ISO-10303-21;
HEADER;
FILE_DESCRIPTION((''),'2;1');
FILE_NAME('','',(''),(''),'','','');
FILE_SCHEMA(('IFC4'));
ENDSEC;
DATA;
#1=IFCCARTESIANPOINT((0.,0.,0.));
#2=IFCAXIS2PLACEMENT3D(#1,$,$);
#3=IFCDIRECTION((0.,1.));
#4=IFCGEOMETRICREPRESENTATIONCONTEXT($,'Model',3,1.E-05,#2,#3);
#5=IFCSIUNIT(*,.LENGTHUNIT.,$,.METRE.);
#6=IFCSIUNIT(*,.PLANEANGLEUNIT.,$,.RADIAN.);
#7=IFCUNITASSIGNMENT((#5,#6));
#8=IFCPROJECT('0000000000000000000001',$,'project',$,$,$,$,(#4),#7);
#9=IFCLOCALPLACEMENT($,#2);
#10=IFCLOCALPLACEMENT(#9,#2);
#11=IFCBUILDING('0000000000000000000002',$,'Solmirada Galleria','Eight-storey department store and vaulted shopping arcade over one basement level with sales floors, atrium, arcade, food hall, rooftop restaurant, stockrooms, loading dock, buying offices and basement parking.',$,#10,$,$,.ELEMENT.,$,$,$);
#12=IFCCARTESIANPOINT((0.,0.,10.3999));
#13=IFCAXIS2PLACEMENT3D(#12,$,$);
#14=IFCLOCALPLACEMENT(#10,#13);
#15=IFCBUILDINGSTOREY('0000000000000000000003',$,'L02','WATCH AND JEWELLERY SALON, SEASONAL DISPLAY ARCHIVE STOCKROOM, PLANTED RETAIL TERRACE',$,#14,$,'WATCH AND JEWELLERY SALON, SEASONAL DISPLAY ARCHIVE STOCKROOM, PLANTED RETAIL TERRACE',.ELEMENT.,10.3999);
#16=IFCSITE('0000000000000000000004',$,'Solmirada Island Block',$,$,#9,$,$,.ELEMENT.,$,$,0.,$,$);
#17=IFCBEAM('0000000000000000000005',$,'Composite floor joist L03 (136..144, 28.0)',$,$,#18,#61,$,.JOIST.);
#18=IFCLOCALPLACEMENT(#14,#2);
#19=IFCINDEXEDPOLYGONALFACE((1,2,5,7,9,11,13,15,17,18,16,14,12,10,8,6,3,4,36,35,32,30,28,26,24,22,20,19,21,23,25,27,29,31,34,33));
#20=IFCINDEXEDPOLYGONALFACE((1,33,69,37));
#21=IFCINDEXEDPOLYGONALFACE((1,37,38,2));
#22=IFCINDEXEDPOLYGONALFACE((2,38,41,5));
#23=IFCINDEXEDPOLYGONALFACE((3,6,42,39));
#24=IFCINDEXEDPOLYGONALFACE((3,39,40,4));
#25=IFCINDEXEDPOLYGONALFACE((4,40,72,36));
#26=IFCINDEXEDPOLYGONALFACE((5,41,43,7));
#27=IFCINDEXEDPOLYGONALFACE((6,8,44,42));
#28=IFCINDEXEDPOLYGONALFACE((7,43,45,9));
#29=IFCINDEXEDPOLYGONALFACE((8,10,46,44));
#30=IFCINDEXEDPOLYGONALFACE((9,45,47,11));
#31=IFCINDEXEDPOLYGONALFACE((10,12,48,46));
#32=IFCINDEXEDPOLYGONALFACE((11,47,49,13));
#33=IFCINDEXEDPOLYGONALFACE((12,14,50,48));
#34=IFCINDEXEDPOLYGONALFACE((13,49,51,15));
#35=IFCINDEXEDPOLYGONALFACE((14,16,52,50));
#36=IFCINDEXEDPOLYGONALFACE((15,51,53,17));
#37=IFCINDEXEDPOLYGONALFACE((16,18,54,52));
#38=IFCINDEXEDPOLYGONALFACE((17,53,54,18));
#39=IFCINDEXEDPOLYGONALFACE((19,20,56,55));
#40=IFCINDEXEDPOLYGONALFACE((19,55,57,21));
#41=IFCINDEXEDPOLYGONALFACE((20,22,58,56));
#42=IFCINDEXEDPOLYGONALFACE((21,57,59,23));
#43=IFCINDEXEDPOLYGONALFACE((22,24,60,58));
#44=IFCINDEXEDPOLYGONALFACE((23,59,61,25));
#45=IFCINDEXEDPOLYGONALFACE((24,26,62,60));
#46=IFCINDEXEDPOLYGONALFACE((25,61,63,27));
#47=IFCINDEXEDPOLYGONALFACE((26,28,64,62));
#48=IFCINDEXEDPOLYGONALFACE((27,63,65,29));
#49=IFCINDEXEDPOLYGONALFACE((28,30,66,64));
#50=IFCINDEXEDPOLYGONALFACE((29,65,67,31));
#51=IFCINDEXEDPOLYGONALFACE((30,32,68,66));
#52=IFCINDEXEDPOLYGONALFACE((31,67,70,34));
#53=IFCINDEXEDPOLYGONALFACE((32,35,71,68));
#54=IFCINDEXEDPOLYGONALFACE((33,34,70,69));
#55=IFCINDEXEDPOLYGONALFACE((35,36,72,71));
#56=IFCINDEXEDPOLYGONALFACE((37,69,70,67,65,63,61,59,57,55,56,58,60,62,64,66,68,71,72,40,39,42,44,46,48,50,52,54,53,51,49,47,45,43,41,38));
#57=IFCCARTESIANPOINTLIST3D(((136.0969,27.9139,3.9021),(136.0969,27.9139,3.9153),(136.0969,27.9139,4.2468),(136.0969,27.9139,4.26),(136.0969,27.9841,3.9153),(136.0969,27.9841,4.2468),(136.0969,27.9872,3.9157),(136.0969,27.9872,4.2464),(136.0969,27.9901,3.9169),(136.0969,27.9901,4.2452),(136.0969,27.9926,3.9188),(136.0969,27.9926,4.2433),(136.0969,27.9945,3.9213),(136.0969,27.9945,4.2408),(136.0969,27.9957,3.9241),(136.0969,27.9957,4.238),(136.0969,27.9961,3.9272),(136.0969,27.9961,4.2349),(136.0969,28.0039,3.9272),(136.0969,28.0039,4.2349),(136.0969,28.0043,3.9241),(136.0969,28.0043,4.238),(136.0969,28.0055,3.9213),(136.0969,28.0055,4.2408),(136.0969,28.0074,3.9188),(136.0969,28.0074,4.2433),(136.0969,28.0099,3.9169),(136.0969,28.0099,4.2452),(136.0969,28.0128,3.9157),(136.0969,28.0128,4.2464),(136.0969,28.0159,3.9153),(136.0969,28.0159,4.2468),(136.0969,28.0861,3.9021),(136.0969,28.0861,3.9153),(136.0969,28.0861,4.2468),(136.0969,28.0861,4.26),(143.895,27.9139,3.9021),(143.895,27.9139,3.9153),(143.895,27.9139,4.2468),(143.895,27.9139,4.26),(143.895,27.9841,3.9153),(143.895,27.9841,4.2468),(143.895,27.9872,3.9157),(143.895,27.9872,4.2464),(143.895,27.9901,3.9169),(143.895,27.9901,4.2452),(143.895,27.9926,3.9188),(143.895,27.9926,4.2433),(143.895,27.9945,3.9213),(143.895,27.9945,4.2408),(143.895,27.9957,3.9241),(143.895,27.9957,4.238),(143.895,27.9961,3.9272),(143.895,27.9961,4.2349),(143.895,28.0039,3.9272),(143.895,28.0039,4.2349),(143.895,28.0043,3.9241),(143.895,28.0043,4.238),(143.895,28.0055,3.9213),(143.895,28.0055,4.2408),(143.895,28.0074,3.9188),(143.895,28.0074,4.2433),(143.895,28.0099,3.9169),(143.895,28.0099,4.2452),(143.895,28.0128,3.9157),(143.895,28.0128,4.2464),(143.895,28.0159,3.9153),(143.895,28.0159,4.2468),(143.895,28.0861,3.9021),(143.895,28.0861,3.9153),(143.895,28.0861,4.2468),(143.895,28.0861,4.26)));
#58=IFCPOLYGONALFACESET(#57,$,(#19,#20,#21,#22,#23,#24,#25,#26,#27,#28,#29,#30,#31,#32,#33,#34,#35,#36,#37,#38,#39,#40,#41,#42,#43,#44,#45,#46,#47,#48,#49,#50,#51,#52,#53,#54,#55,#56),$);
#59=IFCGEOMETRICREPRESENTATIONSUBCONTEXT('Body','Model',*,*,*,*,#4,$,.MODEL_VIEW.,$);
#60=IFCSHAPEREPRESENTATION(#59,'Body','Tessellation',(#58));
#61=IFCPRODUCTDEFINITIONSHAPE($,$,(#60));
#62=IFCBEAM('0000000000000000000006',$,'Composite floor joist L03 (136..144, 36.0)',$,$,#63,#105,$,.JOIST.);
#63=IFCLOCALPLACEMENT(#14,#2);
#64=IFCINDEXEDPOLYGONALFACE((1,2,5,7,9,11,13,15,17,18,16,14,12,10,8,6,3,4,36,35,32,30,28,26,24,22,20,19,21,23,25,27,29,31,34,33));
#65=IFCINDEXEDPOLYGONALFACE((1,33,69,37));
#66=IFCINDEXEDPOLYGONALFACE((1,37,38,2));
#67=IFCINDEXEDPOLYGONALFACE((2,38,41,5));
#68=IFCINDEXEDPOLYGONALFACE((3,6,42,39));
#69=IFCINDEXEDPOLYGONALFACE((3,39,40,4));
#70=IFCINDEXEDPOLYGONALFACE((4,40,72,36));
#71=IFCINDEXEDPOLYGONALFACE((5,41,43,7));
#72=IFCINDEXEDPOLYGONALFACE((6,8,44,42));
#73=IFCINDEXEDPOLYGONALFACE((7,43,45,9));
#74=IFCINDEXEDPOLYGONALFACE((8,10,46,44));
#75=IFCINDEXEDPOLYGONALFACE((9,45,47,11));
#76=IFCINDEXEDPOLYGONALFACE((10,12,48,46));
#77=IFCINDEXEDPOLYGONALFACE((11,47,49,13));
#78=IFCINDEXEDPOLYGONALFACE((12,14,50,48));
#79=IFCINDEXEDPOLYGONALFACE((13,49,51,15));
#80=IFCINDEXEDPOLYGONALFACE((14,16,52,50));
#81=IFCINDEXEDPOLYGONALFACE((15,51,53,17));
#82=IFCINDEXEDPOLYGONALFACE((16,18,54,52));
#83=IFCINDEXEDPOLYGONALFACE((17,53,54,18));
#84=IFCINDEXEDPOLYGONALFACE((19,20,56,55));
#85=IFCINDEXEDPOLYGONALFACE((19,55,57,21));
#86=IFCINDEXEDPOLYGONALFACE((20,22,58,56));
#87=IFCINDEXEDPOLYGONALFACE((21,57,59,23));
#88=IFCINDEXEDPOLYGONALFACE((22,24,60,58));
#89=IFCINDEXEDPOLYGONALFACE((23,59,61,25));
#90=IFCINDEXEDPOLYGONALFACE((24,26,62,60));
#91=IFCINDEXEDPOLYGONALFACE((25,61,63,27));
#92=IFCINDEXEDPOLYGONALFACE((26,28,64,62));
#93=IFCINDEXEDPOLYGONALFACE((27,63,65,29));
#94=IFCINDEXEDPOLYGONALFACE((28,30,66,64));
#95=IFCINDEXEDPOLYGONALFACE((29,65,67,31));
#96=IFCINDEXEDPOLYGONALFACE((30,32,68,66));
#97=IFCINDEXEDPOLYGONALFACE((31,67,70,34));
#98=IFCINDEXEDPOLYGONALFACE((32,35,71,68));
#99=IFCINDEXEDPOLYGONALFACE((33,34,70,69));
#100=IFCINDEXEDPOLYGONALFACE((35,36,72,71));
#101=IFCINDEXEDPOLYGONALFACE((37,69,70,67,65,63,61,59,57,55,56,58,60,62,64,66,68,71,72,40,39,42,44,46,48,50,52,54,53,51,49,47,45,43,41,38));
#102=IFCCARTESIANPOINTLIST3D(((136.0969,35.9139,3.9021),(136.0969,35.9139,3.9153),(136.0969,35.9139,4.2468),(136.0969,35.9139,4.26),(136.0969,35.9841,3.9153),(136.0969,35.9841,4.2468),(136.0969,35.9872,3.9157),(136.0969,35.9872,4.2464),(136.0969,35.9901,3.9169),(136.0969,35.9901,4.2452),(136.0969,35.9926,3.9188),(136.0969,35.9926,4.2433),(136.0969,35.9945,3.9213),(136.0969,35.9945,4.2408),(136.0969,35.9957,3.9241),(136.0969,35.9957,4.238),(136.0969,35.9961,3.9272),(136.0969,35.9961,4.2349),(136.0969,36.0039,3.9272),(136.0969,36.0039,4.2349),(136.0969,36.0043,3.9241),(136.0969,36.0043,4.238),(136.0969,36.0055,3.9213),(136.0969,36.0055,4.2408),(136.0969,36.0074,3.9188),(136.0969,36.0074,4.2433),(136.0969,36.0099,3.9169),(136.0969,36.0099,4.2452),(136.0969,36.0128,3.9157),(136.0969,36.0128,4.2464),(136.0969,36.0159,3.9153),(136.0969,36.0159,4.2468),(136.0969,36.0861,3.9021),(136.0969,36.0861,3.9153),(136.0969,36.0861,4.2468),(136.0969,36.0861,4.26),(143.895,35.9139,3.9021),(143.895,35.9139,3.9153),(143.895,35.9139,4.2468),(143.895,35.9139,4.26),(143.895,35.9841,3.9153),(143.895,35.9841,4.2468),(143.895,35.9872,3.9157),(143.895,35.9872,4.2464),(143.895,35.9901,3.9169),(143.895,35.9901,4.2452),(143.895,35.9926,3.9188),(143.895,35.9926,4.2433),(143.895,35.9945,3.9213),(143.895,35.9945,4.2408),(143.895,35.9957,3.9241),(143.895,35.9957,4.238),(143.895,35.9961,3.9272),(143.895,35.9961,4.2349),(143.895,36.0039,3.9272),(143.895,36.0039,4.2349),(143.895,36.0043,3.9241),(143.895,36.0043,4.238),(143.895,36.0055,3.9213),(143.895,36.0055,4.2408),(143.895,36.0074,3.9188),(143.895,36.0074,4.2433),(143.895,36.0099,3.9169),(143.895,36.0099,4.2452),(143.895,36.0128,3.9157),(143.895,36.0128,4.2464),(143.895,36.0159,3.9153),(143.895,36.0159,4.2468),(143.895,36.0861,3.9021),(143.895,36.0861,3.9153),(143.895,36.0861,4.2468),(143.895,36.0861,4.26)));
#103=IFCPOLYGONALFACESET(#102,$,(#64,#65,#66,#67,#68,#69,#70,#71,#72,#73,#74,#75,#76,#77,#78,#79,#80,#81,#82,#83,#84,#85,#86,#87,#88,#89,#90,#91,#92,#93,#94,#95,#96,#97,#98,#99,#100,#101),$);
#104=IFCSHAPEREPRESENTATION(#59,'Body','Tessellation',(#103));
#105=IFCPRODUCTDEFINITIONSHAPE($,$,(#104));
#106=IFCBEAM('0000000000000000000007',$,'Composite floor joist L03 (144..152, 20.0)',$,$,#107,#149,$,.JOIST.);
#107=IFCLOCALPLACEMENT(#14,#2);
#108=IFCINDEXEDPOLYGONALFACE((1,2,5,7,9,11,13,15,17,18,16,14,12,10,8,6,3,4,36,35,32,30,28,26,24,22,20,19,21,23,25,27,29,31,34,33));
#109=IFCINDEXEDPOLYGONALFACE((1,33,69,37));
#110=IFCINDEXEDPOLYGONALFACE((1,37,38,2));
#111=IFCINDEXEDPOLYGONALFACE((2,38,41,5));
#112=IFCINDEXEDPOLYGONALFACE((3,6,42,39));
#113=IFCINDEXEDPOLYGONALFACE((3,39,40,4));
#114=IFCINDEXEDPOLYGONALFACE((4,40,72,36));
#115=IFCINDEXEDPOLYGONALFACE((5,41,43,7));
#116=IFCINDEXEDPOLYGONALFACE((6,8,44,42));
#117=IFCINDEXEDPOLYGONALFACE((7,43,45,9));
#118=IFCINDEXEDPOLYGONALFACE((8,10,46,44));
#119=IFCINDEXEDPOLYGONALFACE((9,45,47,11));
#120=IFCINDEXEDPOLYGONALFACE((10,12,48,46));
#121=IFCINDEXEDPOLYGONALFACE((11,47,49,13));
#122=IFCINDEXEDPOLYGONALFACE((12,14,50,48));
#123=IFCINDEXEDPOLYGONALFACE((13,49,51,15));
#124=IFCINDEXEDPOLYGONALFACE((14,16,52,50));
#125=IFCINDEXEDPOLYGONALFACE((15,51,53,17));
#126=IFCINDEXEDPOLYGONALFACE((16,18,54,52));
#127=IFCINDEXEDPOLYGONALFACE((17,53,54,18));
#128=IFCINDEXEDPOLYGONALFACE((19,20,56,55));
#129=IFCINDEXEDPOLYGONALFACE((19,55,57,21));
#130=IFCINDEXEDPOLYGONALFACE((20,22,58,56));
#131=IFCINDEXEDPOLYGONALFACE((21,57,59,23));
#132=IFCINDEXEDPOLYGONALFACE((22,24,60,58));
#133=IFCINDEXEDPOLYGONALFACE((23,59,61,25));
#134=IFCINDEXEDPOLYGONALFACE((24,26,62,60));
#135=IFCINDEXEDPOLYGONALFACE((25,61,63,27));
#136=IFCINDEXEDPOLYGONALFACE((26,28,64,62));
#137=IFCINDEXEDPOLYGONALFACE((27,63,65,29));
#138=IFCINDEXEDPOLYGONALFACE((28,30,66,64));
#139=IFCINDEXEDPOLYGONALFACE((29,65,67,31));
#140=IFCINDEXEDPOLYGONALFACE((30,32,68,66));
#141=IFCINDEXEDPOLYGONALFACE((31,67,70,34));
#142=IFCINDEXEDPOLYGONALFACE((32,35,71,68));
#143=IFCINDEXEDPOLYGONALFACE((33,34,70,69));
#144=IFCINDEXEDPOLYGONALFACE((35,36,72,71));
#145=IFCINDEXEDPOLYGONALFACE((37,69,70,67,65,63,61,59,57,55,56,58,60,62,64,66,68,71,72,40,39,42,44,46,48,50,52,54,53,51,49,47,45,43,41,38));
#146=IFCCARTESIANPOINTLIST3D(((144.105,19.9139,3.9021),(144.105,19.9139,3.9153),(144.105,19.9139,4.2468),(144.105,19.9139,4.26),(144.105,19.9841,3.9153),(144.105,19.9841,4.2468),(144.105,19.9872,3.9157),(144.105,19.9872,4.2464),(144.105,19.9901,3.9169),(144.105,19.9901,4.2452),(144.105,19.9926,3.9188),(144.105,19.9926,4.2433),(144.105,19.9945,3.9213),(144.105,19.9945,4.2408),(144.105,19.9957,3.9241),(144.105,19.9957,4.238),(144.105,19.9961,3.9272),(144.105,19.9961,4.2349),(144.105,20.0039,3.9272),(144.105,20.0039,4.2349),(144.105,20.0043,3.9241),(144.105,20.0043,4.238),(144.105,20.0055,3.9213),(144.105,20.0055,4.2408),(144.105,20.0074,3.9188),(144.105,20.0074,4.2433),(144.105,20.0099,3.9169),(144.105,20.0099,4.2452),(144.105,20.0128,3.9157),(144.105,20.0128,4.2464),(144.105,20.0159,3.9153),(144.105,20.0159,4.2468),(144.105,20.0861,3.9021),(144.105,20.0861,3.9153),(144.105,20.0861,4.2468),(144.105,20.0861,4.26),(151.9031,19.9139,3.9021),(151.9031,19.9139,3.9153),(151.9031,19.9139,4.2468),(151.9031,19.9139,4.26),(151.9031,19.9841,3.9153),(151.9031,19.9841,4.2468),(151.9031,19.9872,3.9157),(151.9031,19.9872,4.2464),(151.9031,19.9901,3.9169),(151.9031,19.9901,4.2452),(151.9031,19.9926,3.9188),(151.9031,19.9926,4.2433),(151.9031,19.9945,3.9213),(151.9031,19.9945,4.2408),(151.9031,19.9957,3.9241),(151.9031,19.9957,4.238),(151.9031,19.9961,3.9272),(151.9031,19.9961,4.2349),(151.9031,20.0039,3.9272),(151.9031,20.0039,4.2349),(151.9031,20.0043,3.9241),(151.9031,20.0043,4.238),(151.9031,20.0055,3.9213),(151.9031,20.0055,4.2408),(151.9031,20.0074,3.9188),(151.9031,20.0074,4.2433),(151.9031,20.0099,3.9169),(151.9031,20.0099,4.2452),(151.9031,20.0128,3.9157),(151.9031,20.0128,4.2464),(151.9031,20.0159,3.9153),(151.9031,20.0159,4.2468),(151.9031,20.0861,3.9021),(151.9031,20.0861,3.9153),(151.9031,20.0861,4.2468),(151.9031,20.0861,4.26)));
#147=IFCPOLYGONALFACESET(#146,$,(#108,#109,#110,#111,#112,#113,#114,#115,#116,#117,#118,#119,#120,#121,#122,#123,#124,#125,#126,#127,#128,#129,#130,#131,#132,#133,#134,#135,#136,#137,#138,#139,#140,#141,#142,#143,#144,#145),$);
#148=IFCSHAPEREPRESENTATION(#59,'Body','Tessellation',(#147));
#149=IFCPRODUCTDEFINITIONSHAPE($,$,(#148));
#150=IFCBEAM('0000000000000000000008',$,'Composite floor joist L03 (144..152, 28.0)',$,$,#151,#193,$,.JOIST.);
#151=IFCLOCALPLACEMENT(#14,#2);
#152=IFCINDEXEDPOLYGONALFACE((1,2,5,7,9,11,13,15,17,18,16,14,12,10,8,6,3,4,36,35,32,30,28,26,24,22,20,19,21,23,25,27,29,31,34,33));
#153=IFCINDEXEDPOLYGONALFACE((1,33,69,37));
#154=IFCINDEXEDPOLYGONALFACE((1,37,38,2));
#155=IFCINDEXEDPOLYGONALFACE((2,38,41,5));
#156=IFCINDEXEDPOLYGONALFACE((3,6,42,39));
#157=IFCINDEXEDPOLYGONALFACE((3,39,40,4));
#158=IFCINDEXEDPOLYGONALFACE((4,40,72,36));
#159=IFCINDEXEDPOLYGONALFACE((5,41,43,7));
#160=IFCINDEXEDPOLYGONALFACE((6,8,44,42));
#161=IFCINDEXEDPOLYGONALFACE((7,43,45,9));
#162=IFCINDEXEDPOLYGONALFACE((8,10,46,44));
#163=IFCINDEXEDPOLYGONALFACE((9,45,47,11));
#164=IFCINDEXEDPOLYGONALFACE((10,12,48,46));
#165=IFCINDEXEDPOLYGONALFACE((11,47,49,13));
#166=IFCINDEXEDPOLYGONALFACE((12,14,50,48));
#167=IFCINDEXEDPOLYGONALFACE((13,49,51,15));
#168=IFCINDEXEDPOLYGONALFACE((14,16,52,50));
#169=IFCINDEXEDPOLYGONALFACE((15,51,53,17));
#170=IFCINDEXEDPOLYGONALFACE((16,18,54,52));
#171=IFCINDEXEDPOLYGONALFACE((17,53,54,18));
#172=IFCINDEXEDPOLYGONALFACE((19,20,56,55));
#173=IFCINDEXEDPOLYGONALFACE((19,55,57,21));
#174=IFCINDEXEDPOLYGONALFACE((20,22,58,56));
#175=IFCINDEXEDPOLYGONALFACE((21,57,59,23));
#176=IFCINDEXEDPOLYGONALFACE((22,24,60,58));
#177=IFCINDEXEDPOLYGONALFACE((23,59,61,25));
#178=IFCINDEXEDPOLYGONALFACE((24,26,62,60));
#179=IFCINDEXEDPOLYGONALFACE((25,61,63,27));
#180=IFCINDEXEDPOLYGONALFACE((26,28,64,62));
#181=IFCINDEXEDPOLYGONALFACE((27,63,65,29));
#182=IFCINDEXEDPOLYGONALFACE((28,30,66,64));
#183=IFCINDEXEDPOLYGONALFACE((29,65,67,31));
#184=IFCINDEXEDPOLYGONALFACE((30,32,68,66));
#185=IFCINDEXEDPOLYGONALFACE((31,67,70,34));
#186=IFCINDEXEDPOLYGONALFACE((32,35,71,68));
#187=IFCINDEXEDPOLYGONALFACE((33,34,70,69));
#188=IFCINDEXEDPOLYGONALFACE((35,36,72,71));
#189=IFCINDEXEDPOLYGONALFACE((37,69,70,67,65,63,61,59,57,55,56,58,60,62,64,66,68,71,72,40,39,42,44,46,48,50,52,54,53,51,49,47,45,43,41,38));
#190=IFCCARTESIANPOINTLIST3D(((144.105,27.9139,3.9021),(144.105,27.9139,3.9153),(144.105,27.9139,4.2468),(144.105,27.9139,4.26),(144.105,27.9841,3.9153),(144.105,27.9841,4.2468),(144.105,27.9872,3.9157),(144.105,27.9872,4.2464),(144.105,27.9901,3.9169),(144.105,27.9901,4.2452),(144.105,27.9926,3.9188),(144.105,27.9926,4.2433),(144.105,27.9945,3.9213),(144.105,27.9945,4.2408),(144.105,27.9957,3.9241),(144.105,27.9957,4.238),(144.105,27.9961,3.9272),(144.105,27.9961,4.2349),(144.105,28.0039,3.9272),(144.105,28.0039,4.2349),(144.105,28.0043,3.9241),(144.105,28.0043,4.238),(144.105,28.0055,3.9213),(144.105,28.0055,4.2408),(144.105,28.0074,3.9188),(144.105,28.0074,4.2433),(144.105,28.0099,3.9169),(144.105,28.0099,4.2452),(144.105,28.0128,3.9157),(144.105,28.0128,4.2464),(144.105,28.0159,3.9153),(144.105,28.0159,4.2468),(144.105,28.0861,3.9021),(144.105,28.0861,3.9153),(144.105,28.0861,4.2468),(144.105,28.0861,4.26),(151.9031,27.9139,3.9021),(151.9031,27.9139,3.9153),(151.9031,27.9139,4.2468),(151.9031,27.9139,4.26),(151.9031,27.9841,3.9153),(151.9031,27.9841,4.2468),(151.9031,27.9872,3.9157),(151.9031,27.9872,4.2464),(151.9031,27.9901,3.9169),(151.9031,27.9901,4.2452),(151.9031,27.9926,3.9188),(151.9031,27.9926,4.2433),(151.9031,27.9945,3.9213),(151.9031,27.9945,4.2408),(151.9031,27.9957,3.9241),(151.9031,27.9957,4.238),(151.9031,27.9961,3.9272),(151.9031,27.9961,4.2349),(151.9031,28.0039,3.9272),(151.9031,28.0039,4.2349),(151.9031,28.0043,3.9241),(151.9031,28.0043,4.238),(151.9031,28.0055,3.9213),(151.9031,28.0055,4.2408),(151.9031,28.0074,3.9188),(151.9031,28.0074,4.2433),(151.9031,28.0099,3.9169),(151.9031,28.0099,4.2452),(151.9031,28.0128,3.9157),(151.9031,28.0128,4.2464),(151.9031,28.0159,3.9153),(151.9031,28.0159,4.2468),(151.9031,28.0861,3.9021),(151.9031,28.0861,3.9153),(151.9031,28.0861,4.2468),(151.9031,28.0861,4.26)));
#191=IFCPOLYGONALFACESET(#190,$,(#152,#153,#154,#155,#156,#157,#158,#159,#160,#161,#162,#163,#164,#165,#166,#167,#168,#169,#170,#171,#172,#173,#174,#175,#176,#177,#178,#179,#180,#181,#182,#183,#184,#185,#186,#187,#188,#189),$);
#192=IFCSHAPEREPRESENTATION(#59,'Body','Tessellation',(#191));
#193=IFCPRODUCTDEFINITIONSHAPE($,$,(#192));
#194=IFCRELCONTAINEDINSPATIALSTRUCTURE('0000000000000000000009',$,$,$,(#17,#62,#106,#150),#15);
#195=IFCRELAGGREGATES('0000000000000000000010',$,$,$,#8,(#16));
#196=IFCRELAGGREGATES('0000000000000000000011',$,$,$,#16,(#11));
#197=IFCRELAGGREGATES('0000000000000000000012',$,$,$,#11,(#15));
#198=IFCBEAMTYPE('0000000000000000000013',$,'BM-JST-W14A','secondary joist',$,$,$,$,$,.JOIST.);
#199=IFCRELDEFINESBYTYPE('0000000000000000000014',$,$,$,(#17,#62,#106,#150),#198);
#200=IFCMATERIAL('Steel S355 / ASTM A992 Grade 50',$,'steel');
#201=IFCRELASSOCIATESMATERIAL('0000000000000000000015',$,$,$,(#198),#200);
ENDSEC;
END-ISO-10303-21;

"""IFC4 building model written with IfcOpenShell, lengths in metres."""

from ifc_helpers import new_model, si_unit, direction, frame, origin, origin_2d, place, context, subcontext, project, spatial, i_section, extrude, material, material_profile, profile_set, type_object, element, save


model = new_model("IFC4")

# Units and contexts
model_context = context("Model", 3, precision=1e-05, world=origin(), true_north=direction((0.0, 1.0)))
body_context = subcontext(model_context, "Body", "Model", "MODEL_VIEW")
ifc_project = project(units=[si_unit("LENGTHUNIT", "METRE"), si_unit("PLANEANGLEUNIT", "RADIAN")], contexts=[model_context])

# Site, building, storey
site_placement = place(None, origin())
site = spatial("IfcSite", under=ifc_project, at=site_placement, Name="Solmirada Island Block", CompositionType="ELEMENT", RefElevation=0.0)
building_placement = place(site_placement, origin())
building = spatial("IfcBuilding", under=site, at=building_placement, Name="Solmirada Galleria", Description="Eight-storey department store and vaulted shopping arcade over one basement level with sales floors, atrium, arcade, food hall, rooftop restaurant, stockrooms, loading dock, buying offices and basement parking.", CompositionType="ELEMENT")
storey_placement = place(building_placement, frame((0.0, 0.0, 10.3999)))
storey = spatial("IfcBuildingStorey", under=building, at=storey_placement, Name="L02", Description="WATCH AND JEWELLERY SALON, SEASONAL DISPLAY ARCHIVE STOCKROOM, PLANTED RETAIL TERRACE", LongName="WATCH AND JEWELLERY SALON, SEASONAL DISPLAY ARCHIVE STOCKROOM, PLANTED RETAIL TERRACE", CompositionType="ELEMENT", Elevation=10.3999)

# Beams
ifc_material_1 = material(Name="Steel S355 / ASTM A992 Grade 50", Category="steel")
ifc_material_profile_1 = material_profile(ifc_material_1, i_section(OverallWidth=0.1721, OverallDepth=0.3579, WebThickness=0.0078, FlangeThickness=0.0132, FilletRadius=0.012, at=origin_2d()), Name="W14X38")
ifc_profile_set_1 = profile_set([ifc_material_profile_1], Name="Steel S355 / ASTM A992 Grade 50")
beam_type_1 = type_object("IfcBeamType", Name="BM-JST-W14A", Description="secondary joist", PredefinedType="JOIST", material=ifc_profile_set_1)
for number, where, z_axis, x_axis, name in (
    (1, (136.0969, 28.0, 4.0811), (1.0, 0.0, 0.0), (0.0, 1.0, 0.0), "Composite floor joist L03 (136..144, 28.0)"),
    (2, (136.0969, 36.0, 4.0811), (1.0, 0.0, 0.0), (0.0, 1.0, 0.0), "Composite floor joist L03 (136..144, 36.0)"),
    (3, (144.105, 20.0, 4.0811), (1.0, 0.0, 0.0), (0.0, 1.0, 0.0), "Composite floor joist L03 (144..152, 20.0)"),
    (4, (144.105, 28.0, 4.0811), (1.0, 0.0, 0.0), (0.0, 1.0, 0.0), "Composite floor joist L03 (144..152, 28.0)"),
):
    element("IfcBeam", number, at=place(storey_placement, frame(where, z_axis=z_axis, x_axis=x_axis)), inside=storey, type_object=beam_type_1, Name=name, PredefinedType="JOIST", context=body_context, shape_type="SweptSolid", body=[
        extrude(i_section(OverallWidth=0.1721, OverallDepth=0.3579, WebThickness=0.0078, FlangeThickness=0.0132, FilletRadius=0.012, at=origin_2d()), origin(), (0.0, 0.0, 1.0), 7.7981),
    ])

save(model, "model.ifc")
